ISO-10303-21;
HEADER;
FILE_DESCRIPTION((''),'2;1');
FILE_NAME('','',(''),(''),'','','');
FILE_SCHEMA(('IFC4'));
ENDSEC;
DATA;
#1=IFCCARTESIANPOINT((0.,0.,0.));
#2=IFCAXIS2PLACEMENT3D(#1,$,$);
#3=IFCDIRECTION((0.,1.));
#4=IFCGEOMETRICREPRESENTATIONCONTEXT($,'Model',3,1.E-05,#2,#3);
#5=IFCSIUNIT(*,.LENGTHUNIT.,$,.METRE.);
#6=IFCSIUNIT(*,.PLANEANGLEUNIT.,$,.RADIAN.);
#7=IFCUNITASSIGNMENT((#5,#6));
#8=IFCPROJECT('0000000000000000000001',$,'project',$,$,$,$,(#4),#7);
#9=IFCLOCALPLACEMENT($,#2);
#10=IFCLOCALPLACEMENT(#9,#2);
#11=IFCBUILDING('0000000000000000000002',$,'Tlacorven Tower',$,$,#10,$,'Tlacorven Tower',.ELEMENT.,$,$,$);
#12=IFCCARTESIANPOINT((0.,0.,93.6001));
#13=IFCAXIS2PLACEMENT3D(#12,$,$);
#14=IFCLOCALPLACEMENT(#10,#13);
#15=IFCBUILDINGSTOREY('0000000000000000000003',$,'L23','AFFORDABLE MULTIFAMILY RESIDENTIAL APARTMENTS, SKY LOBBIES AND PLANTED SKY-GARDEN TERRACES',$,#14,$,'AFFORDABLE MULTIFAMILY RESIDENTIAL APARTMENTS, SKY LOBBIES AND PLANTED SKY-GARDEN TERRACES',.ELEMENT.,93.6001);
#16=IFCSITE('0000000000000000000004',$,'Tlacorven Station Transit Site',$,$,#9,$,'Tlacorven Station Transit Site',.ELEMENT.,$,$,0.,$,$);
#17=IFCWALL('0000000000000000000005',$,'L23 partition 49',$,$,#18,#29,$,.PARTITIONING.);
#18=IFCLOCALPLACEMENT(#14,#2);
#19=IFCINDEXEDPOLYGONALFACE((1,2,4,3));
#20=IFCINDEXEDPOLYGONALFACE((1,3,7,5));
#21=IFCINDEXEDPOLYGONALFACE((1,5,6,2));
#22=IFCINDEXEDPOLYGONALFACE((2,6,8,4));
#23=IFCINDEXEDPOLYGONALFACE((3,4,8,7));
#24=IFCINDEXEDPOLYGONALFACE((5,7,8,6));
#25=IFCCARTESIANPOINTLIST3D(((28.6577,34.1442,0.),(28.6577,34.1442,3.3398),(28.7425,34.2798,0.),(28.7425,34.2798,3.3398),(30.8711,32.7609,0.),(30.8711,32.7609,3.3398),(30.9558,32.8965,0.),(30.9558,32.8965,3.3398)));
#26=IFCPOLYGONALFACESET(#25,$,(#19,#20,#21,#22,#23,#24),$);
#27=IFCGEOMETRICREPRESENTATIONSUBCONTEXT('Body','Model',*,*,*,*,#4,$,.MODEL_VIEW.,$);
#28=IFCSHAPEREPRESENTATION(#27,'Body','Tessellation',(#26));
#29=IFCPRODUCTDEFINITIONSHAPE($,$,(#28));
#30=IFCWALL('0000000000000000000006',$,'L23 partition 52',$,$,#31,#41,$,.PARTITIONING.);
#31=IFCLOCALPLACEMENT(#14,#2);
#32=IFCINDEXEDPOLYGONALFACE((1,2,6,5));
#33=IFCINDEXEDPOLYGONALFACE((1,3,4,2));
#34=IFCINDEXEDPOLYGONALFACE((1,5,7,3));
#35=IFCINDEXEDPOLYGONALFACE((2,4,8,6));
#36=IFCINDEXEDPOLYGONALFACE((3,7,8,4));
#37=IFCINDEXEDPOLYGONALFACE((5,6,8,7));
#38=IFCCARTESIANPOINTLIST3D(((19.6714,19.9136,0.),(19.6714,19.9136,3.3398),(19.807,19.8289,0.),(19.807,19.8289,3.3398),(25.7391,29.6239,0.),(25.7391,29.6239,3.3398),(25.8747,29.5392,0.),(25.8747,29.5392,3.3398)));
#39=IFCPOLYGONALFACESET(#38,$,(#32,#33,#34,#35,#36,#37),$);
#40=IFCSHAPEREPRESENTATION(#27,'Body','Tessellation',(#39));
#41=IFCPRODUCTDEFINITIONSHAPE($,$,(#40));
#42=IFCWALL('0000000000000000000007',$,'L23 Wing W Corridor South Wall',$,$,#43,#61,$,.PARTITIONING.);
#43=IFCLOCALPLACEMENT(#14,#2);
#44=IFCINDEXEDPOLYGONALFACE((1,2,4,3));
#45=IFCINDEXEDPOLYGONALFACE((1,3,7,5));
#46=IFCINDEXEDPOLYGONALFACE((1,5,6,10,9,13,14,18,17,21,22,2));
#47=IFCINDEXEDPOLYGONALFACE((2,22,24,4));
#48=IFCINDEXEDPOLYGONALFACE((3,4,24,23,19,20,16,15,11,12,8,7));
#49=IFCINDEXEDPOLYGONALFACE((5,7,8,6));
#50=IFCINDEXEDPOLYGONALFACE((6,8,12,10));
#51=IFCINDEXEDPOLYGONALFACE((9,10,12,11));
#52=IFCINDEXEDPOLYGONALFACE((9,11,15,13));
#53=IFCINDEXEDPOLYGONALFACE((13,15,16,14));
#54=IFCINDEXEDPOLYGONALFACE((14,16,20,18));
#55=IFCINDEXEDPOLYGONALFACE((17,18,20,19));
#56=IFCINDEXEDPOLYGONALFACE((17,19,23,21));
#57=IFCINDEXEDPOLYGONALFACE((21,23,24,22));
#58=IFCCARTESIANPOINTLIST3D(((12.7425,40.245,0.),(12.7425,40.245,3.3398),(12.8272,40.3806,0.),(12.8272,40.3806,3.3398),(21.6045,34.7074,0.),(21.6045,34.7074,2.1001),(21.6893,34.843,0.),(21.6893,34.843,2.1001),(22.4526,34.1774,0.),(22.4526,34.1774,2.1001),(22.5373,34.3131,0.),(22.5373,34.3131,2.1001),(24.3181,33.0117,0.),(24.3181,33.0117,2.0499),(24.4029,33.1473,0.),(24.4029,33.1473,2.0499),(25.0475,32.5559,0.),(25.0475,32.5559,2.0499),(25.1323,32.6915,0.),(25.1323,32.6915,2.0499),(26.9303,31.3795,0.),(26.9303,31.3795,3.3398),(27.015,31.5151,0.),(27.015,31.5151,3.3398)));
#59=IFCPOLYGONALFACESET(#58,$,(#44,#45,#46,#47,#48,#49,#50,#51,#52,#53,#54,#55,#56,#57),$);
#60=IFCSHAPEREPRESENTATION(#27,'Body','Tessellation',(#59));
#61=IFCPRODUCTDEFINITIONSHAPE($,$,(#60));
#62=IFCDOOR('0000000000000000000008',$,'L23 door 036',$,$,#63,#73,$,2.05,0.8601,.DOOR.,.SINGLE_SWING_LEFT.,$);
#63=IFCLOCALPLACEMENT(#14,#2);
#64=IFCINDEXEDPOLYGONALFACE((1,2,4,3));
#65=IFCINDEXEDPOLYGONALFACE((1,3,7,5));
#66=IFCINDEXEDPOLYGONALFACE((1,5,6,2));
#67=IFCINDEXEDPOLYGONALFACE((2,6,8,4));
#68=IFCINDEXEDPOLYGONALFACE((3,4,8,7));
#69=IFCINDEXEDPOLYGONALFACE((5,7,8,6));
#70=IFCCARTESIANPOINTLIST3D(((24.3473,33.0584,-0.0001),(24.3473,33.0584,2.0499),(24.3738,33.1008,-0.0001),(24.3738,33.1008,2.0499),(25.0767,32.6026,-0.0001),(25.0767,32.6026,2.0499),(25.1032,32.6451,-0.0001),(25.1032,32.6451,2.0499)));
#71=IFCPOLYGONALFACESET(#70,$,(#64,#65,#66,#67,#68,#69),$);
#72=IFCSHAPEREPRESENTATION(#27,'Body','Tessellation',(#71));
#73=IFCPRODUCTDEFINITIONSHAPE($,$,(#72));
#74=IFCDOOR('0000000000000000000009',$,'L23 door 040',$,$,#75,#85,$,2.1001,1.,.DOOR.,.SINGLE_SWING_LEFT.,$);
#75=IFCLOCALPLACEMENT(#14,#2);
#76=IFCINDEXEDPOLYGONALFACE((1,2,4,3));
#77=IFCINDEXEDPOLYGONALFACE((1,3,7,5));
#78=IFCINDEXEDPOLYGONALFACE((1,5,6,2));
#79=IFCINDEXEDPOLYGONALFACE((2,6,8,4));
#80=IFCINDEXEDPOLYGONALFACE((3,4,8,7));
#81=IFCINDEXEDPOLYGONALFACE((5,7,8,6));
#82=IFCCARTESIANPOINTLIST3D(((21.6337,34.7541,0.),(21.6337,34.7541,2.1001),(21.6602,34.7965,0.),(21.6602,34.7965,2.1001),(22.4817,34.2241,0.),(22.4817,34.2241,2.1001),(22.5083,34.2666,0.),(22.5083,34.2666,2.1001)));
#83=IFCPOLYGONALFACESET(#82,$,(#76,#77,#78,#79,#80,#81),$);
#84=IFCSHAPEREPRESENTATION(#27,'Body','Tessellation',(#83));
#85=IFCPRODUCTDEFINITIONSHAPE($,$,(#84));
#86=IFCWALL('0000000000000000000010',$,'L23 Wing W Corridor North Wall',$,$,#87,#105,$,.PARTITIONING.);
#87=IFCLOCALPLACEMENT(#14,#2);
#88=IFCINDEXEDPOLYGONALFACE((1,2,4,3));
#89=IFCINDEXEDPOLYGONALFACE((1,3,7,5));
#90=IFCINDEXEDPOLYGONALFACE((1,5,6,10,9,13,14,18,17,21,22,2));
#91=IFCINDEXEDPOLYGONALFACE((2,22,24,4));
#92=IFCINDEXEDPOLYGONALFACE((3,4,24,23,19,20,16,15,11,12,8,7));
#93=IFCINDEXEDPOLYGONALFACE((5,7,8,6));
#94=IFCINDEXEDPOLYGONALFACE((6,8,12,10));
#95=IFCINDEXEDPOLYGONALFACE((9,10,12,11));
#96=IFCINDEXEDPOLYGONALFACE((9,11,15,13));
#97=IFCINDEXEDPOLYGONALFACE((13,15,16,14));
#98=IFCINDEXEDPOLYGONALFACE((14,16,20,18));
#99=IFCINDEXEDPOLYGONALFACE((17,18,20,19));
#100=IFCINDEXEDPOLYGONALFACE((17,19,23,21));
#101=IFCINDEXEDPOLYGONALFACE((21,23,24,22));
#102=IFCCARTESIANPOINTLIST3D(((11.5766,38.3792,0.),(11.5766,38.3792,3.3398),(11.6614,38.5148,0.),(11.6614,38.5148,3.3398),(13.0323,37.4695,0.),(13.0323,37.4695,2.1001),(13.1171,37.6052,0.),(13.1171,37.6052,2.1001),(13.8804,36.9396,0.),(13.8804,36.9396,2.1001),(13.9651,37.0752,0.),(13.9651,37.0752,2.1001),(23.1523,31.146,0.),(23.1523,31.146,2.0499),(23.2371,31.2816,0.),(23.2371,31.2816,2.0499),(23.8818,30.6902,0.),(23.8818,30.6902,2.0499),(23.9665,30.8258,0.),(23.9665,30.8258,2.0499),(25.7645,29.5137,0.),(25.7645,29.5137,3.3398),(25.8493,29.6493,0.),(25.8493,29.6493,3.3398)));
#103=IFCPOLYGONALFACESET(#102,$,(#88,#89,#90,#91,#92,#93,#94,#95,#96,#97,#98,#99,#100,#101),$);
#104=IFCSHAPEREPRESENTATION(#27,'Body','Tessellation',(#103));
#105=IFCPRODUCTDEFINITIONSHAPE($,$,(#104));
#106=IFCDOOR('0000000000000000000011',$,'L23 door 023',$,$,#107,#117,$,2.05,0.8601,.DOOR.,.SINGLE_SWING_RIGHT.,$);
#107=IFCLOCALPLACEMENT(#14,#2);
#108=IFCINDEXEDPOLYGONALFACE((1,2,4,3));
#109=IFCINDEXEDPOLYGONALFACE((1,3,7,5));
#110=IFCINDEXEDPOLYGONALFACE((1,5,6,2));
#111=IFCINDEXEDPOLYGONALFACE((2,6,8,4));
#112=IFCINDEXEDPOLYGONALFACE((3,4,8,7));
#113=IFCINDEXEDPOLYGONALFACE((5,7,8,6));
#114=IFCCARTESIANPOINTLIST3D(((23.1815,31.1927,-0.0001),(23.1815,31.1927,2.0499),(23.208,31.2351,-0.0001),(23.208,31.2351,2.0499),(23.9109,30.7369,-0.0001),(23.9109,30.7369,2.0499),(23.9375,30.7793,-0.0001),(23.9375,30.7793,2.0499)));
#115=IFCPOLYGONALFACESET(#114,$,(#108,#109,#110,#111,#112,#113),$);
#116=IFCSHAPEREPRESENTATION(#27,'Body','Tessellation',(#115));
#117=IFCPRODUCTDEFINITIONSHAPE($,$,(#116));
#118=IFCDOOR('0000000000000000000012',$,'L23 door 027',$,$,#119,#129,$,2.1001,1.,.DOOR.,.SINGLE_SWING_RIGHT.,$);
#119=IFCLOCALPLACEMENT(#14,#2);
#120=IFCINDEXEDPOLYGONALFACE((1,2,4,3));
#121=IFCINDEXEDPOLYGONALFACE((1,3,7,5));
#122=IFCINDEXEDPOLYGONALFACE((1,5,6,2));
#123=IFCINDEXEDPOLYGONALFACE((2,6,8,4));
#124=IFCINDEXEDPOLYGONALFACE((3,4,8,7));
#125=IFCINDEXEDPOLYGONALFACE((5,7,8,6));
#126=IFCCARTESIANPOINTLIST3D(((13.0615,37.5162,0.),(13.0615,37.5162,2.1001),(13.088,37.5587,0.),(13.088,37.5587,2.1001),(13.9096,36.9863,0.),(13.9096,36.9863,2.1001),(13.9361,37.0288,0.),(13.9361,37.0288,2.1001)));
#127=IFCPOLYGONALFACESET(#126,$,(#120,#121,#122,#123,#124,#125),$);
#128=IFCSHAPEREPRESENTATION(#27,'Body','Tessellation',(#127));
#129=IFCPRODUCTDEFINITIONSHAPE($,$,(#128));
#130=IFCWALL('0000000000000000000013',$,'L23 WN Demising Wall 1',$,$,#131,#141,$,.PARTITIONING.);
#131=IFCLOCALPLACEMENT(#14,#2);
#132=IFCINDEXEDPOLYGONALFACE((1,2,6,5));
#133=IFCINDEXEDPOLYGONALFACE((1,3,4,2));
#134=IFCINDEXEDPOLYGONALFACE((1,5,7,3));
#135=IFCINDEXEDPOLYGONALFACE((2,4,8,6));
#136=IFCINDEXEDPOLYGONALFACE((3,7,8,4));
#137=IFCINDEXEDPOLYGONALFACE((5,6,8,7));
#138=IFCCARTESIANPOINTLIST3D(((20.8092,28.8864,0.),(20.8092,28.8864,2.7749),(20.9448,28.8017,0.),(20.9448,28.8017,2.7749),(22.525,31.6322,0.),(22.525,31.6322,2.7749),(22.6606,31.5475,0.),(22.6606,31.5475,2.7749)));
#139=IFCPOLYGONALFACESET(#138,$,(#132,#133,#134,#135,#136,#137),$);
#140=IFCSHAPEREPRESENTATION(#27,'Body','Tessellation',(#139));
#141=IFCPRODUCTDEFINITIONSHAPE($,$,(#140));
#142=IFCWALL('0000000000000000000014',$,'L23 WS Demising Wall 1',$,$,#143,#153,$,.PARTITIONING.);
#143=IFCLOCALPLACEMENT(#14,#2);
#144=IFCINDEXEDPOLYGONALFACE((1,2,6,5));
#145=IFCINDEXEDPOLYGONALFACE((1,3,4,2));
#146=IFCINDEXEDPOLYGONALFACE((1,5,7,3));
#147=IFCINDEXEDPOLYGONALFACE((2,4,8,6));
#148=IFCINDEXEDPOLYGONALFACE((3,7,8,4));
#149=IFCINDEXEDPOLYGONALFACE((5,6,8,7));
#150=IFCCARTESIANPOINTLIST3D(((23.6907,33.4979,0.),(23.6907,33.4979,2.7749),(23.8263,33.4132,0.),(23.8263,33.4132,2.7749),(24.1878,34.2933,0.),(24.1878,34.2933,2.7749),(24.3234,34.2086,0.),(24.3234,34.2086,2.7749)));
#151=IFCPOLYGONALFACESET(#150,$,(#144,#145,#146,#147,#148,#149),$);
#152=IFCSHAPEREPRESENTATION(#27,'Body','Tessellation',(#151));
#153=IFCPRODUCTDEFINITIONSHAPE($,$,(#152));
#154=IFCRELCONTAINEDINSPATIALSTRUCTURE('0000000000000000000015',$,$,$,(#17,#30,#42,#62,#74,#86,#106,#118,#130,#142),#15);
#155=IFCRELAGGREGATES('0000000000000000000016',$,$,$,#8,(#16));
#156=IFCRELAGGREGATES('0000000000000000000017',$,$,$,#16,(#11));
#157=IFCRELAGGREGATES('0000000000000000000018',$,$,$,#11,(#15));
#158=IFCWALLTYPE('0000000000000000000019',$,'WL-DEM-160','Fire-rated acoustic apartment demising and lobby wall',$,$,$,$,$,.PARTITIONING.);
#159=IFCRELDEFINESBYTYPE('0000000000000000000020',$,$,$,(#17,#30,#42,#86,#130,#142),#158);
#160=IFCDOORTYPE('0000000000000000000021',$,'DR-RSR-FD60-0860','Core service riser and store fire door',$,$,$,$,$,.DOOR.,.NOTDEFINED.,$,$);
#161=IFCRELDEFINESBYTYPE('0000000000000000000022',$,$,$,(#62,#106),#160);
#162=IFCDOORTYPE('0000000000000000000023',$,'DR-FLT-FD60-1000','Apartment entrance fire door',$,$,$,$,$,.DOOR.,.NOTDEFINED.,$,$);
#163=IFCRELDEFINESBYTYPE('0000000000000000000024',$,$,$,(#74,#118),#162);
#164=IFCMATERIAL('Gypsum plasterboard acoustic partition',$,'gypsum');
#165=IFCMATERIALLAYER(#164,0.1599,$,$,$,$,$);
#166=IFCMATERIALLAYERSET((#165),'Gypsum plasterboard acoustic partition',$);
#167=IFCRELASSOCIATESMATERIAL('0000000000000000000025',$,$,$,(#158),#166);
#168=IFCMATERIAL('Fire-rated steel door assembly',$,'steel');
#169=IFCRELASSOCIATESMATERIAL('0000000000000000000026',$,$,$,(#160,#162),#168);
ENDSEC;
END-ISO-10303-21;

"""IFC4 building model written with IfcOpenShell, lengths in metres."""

from ifc_helpers import new_model, si_unit, direction, frame, frame_2d, origin, place, context, subcontext, project, spatial, rectangle, extrude, source, transform, mapped, material, layer, layer_set, type_object, element, fill, save


model = new_model("IFC4")

# Units and contexts
model_context = context("Model", 3, precision=1e-05, world=origin(), true_north=direction((0.0, 1.0)))
body_context = subcontext(model_context, "Body", "Model", "MODEL_VIEW")
ifc_project = project(units=[si_unit("LENGTHUNIT", "METRE"), si_unit("PLANEANGLEUNIT", "RADIAN")], contexts=[model_context])

# Site, building, storey
site_placement = place(None, origin())
site = spatial("IfcSite", under=ifc_project, at=site_placement, Name="Tlacorven Station Transit Site", LongName="Tlacorven Station Transit Site", CompositionType="ELEMENT", RefElevation=0.0)
building_placement = place(site_placement, origin())
building = spatial("IfcBuilding", under=site, at=building_placement, Name="Tlacorven Tower", LongName="Tlacorven Tower", CompositionType="ELEMENT")
storey_placement = place(building_placement, frame((0.0, 0.0, 93.6001)))
storey = spatial("IfcBuildingStorey", under=building, at=storey_placement, Name="L23", Description="AFFORDABLE MULTIFAMILY RESIDENTIAL APARTMENTS, SKY LOBBIES AND PLANTED SKY-GARDEN TERRACES", LongName="AFFORDABLE MULTIFAMILY RESIDENTIAL APARTMENTS, SKY LOBBIES AND PLANTED SKY-GARDEN TERRACES", CompositionType="ELEMENT", Elevation=93.6001)

# Walls
ifc_material_1 = material(Name="Gypsum plasterboard acoustic partition", Category="gypsum")
ifc_layer_1 = layer(ifc_material_1, 0.1599)
ifc_layer_set_1 = layer_set([ifc_layer_1], Name="Gypsum plasterboard acoustic partition")
wall_type_1 = type_object("IfcWallType", Name="WL-DEM-160", Description="Fire-rated acoustic apartment demising and lobby wall", PredefinedType="PARTITIONING", material=ifc_layer_set_1)
wall_1_placement = place(storey_placement, frame((30.9136, 32.8286, 0.0), z_axis=(0.0, 0.0, 1.0), x_axis=(-0.848009, 0.529982, 0.0)))
element("IfcWall", 1, at=wall_1_placement, inside=storey, type_object=wall_type_1, Name="L23 partition 49", PredefinedType="PARTITIONING", context=body_context, shape_type="SweptSolid", body=[
    extrude(rectangle(XDim=2.6101, YDim=0.1599, at=frame_2d((1.3052, 0.0))), origin(), (0.0, 0.0, 1.0), 3.3398),
])
wall_2_placement = place(storey_placement, frame((25.8069, 29.5815, 0.0), z_axis=(0.0, 0.0, 1.0), x_axis=(-0.52992, -0.848047, 0.0)))
element("IfcWall", 2, at=wall_2_placement, inside=storey, type_object=wall_type_1, Name="L23 partition 52", PredefinedType="PARTITIONING", context=body_context, shape_type="SweptSolid", body=[
    extrude(rectangle(XDim=11.4502, YDim=0.1599, at=frame_2d((5.7251, 0.0))), origin(), (0.0, 0.0, 1.0), 3.3398),
])

# Walls, openings, doors
wall_3_placement = place(storey_placement, frame((26.9727, 31.4473, 0.0), z_axis=(0.0, 0.0, 1.0), x_axis=(-0.848048, 0.529919, 0.0)))
wall_3 = element("IfcWall", 3, at=wall_3_placement, inside=storey, type_object=wall_type_1, Name="L23 Wing W Corridor South Wall", PredefinedType="PARTITIONING", context=body_context, shape_type="SweptSolid", body=[
    extrude(rectangle(XDim=16.73, YDim=0.1599, at=frame_2d((8.365, 0.0))), origin(), (0.0, 0.0, 1.0), 3.3398),
])
opening_1_placement = place(wall_3_placement, frame((2.22, 0.0, 0.0)))
opening_1 = element("IfcOpeningElement", 4, at=opening_1_placement, cuts=wall_3, PredefinedType="OPENING", context=body_context, shape_type="SweptSolid", body=[
    extrude(rectangle(XDim=0.8601, YDim=2.05, at=frame_2d((0.4302, 1.0249))), frame((0.0, 0.0898, 0.0), z_axis=(0.0, -1.0, 0.0), x_axis=(1.0, 0.0, 0.0)), (0.0, 0.0, 1.0), 0.1799),
])
opening_2_placement = place(wall_3_placement, frame((5.28, 0.0, 0.0)))
opening_2 = element("IfcOpeningElement", 5, at=opening_2_placement, cuts=wall_3, PredefinedType="OPENING", context=body_context, shape_type="SweptSolid", body=[
    extrude(rectangle(XDim=1.0, YDim=2.1001, at=frame_2d((0.5, 1.05))), frame((0.0, 0.0898, 0.0), z_axis=(0.0, -1.0, 0.0), x_axis=(1.0, 0.0, 0.0)), (0.0, 0.0, 1.0), 0.1799),
])
ifc_material_2 = material(Name="Fire-rated steel door assembly", Category="steel")
door_type_1 = type_object("IfcDoorType", Name="DR-RSR-FD60-0860", Description="Core service riser and store fire door", OperationType="NOTDEFINED", PredefinedType="DOOR", material=ifc_material_2)
shared_shape_1 = source(origin(), body_context, "Body", "SweptSolid", [
    extrude(rectangle(XDim=0.8601, YDim=2.05, at=frame_2d((0.4302, 1.0249))), frame((0.0, 0.0249, 0.0), z_axis=(0.0, -1.0, 0.0), x_axis=(1.0, 0.0, 0.0)), (0.0, 0.0, 1.0), 0.05),
])
door_1_placement = place(opening_1_placement, origin())
door_1 = element("IfcDoor", 6, at=door_1_placement, inside=storey, type_object=door_type_1, Name="L23 door 036", OperationType="SINGLE_SWING_LEFT", OverallHeight=2.05, OverallWidth=0.8601, PredefinedType="DOOR", context=body_context, shape_type="MappedRepresentation", body=[
    mapped(shared_shape_1, transform((0.0, 0.0, 0.0), scale=1.0)),
])
fill(opening_1, door_1)
door_type_2 = type_object("IfcDoorType", Name="DR-FLT-FD60-1000", Description="Apartment entrance fire door", OperationType="NOTDEFINED", PredefinedType="DOOR", material=ifc_material_2)
shared_shape_2 = source(origin(), body_context, "Body", "SweptSolid", [
    extrude(rectangle(XDim=1.0, YDim=2.1001, at=frame_2d((0.5, 1.05))), frame((0.0, 0.0249, 0.0), z_axis=(0.0, -1.0, 0.0), x_axis=(1.0, 0.0, 0.0)), (0.0, 0.0, 1.0), 0.05),
])
door_2_placement = place(opening_2_placement, origin())
door_2 = element("IfcDoor", 7, at=door_2_placement, inside=storey, type_object=door_type_2, Name="L23 door 040", OperationType="SINGLE_SWING_LEFT", OverallHeight=2.1001, OverallWidth=1.0, PredefinedType="DOOR", context=body_context, shape_type="MappedRepresentation", body=[
    mapped(shared_shape_2, transform((0.0, 0.0, 0.0), scale=1.0)),
])
fill(opening_2, door_2)
wall_4_placement = place(storey_placement, frame((25.8069, 29.5815, 0.0), z_axis=(0.0, 0.0, 1.0), x_axis=(-0.848052, 0.529912, 0.0)))
wall_4 = element("IfcWall", 8, at=wall_4_placement, inside=storey, type_object=wall_type_1, Name="L23 Wing W Corridor North Wall", PredefinedType="PARTITIONING", context=body_context, shape_type="SweptSolid", body=[
    extrude(rectangle(XDim=16.73, YDim=0.1599, at=frame_2d((8.365, 0.0))), origin(), (0.0, 0.0, 1.0), 3.3398),
])
opening_3_placement = place(wall_4_placement, frame((2.22, 0.0, 0.0)))
opening_3 = element("IfcOpeningElement", 9, at=opening_3_placement, cuts=wall_4, PredefinedType="OPENING", context=body_context, shape_type="SweptSolid", body=[
    extrude(rectangle(XDim=0.8601, YDim=2.05, at=frame_2d((0.4302, 1.0249))), frame((0.0, 0.0898, 0.0), z_axis=(0.0, -1.0, 0.0), x_axis=(1.0, 0.0, 0.0)), (0.0, 0.0, 1.0), 0.1799),
])
opening_4_placement = place(wall_4_placement, frame((14.0134, 0.0, 0.0)))
opening_4 = element("IfcOpeningElement", 10, at=opening_4_placement, cuts=wall_4, PredefinedType="OPENING", context=body_context, shape_type="SweptSolid", body=[
    extrude(rectangle(XDim=1.0, YDim=2.1001, at=frame_2d((0.5, 1.05))), frame((0.0, 0.0898, 0.0), z_axis=(0.0, -1.0, 0.0), x_axis=(1.0, 0.0, 0.0)), (0.0, 0.0, 1.0), 0.1799),
])
door_3_placement = place(opening_3_placement, origin())
door_3 = element("IfcDoor", 11, at=door_3_placement, inside=storey, type_object=door_type_1, Name="L23 door 023", OperationType="SINGLE_SWING_RIGHT", OverallHeight=2.05, OverallWidth=0.8601, PredefinedType="DOOR", context=body_context, shape_type="MappedRepresentation", body=[
    mapped(shared_shape_1, transform((0.0, 0.0, 0.0), scale=1.0)),
])
fill(opening_3, door_3)
door_4_placement = place(opening_4_placement, origin())
door_4 = element("IfcDoor", 12, at=door_4_placement, inside=storey, type_object=door_type_2, Name="L23 door 027", OperationType="SINGLE_SWING_RIGHT", OverallHeight=2.1001, OverallWidth=1.0, PredefinedType="DOOR", context=body_context, shape_type="MappedRepresentation", body=[
    mapped(shared_shape_2, transform((0.0, 0.0, 0.0), scale=1.0)),
])
fill(opening_4, door_4)

# Walls
wall_5_placement = place(storey_placement, frame((22.5928, 31.5898, 0.0), z_axis=(0.0, 0.0, 1.0), x_axis=(-0.529924, -0.848045, 0.0)))
element("IfcWall", 13, at=wall_5_placement, inside=storey, type_object=wall_type_1, Name="L23 WN Demising Wall 1", PredefinedType="PARTITIONING", context=body_context, shape_type="SweptSolid", body=[
    extrude(rectangle(XDim=3.2378, YDim=0.1599, at=frame_2d((1.6189, 0.0))), origin(), (0.0, 0.0, 1.0), 2.7749),
])
wall_6_placement = place(storey_placement, frame((24.2556, 34.251, 0.0), z_axis=(0.0, 0.0, 1.0), x_axis=(-0.529952, -0.848028, 0.0)))
element("IfcWall", 14, at=wall_6_placement, inside=storey, type_object=wall_type_1, Name="L23 WS Demising Wall 1", PredefinedType="PARTITIONING", context=body_context, shape_type="SweptSolid", body=[
    extrude(rectangle(XDim=0.938, YDim=0.1599, at=frame_2d((0.469, 0.0))), origin(), (0.0, 0.0, 1.0), 2.7749),
])

save(model, "model.ifc")
